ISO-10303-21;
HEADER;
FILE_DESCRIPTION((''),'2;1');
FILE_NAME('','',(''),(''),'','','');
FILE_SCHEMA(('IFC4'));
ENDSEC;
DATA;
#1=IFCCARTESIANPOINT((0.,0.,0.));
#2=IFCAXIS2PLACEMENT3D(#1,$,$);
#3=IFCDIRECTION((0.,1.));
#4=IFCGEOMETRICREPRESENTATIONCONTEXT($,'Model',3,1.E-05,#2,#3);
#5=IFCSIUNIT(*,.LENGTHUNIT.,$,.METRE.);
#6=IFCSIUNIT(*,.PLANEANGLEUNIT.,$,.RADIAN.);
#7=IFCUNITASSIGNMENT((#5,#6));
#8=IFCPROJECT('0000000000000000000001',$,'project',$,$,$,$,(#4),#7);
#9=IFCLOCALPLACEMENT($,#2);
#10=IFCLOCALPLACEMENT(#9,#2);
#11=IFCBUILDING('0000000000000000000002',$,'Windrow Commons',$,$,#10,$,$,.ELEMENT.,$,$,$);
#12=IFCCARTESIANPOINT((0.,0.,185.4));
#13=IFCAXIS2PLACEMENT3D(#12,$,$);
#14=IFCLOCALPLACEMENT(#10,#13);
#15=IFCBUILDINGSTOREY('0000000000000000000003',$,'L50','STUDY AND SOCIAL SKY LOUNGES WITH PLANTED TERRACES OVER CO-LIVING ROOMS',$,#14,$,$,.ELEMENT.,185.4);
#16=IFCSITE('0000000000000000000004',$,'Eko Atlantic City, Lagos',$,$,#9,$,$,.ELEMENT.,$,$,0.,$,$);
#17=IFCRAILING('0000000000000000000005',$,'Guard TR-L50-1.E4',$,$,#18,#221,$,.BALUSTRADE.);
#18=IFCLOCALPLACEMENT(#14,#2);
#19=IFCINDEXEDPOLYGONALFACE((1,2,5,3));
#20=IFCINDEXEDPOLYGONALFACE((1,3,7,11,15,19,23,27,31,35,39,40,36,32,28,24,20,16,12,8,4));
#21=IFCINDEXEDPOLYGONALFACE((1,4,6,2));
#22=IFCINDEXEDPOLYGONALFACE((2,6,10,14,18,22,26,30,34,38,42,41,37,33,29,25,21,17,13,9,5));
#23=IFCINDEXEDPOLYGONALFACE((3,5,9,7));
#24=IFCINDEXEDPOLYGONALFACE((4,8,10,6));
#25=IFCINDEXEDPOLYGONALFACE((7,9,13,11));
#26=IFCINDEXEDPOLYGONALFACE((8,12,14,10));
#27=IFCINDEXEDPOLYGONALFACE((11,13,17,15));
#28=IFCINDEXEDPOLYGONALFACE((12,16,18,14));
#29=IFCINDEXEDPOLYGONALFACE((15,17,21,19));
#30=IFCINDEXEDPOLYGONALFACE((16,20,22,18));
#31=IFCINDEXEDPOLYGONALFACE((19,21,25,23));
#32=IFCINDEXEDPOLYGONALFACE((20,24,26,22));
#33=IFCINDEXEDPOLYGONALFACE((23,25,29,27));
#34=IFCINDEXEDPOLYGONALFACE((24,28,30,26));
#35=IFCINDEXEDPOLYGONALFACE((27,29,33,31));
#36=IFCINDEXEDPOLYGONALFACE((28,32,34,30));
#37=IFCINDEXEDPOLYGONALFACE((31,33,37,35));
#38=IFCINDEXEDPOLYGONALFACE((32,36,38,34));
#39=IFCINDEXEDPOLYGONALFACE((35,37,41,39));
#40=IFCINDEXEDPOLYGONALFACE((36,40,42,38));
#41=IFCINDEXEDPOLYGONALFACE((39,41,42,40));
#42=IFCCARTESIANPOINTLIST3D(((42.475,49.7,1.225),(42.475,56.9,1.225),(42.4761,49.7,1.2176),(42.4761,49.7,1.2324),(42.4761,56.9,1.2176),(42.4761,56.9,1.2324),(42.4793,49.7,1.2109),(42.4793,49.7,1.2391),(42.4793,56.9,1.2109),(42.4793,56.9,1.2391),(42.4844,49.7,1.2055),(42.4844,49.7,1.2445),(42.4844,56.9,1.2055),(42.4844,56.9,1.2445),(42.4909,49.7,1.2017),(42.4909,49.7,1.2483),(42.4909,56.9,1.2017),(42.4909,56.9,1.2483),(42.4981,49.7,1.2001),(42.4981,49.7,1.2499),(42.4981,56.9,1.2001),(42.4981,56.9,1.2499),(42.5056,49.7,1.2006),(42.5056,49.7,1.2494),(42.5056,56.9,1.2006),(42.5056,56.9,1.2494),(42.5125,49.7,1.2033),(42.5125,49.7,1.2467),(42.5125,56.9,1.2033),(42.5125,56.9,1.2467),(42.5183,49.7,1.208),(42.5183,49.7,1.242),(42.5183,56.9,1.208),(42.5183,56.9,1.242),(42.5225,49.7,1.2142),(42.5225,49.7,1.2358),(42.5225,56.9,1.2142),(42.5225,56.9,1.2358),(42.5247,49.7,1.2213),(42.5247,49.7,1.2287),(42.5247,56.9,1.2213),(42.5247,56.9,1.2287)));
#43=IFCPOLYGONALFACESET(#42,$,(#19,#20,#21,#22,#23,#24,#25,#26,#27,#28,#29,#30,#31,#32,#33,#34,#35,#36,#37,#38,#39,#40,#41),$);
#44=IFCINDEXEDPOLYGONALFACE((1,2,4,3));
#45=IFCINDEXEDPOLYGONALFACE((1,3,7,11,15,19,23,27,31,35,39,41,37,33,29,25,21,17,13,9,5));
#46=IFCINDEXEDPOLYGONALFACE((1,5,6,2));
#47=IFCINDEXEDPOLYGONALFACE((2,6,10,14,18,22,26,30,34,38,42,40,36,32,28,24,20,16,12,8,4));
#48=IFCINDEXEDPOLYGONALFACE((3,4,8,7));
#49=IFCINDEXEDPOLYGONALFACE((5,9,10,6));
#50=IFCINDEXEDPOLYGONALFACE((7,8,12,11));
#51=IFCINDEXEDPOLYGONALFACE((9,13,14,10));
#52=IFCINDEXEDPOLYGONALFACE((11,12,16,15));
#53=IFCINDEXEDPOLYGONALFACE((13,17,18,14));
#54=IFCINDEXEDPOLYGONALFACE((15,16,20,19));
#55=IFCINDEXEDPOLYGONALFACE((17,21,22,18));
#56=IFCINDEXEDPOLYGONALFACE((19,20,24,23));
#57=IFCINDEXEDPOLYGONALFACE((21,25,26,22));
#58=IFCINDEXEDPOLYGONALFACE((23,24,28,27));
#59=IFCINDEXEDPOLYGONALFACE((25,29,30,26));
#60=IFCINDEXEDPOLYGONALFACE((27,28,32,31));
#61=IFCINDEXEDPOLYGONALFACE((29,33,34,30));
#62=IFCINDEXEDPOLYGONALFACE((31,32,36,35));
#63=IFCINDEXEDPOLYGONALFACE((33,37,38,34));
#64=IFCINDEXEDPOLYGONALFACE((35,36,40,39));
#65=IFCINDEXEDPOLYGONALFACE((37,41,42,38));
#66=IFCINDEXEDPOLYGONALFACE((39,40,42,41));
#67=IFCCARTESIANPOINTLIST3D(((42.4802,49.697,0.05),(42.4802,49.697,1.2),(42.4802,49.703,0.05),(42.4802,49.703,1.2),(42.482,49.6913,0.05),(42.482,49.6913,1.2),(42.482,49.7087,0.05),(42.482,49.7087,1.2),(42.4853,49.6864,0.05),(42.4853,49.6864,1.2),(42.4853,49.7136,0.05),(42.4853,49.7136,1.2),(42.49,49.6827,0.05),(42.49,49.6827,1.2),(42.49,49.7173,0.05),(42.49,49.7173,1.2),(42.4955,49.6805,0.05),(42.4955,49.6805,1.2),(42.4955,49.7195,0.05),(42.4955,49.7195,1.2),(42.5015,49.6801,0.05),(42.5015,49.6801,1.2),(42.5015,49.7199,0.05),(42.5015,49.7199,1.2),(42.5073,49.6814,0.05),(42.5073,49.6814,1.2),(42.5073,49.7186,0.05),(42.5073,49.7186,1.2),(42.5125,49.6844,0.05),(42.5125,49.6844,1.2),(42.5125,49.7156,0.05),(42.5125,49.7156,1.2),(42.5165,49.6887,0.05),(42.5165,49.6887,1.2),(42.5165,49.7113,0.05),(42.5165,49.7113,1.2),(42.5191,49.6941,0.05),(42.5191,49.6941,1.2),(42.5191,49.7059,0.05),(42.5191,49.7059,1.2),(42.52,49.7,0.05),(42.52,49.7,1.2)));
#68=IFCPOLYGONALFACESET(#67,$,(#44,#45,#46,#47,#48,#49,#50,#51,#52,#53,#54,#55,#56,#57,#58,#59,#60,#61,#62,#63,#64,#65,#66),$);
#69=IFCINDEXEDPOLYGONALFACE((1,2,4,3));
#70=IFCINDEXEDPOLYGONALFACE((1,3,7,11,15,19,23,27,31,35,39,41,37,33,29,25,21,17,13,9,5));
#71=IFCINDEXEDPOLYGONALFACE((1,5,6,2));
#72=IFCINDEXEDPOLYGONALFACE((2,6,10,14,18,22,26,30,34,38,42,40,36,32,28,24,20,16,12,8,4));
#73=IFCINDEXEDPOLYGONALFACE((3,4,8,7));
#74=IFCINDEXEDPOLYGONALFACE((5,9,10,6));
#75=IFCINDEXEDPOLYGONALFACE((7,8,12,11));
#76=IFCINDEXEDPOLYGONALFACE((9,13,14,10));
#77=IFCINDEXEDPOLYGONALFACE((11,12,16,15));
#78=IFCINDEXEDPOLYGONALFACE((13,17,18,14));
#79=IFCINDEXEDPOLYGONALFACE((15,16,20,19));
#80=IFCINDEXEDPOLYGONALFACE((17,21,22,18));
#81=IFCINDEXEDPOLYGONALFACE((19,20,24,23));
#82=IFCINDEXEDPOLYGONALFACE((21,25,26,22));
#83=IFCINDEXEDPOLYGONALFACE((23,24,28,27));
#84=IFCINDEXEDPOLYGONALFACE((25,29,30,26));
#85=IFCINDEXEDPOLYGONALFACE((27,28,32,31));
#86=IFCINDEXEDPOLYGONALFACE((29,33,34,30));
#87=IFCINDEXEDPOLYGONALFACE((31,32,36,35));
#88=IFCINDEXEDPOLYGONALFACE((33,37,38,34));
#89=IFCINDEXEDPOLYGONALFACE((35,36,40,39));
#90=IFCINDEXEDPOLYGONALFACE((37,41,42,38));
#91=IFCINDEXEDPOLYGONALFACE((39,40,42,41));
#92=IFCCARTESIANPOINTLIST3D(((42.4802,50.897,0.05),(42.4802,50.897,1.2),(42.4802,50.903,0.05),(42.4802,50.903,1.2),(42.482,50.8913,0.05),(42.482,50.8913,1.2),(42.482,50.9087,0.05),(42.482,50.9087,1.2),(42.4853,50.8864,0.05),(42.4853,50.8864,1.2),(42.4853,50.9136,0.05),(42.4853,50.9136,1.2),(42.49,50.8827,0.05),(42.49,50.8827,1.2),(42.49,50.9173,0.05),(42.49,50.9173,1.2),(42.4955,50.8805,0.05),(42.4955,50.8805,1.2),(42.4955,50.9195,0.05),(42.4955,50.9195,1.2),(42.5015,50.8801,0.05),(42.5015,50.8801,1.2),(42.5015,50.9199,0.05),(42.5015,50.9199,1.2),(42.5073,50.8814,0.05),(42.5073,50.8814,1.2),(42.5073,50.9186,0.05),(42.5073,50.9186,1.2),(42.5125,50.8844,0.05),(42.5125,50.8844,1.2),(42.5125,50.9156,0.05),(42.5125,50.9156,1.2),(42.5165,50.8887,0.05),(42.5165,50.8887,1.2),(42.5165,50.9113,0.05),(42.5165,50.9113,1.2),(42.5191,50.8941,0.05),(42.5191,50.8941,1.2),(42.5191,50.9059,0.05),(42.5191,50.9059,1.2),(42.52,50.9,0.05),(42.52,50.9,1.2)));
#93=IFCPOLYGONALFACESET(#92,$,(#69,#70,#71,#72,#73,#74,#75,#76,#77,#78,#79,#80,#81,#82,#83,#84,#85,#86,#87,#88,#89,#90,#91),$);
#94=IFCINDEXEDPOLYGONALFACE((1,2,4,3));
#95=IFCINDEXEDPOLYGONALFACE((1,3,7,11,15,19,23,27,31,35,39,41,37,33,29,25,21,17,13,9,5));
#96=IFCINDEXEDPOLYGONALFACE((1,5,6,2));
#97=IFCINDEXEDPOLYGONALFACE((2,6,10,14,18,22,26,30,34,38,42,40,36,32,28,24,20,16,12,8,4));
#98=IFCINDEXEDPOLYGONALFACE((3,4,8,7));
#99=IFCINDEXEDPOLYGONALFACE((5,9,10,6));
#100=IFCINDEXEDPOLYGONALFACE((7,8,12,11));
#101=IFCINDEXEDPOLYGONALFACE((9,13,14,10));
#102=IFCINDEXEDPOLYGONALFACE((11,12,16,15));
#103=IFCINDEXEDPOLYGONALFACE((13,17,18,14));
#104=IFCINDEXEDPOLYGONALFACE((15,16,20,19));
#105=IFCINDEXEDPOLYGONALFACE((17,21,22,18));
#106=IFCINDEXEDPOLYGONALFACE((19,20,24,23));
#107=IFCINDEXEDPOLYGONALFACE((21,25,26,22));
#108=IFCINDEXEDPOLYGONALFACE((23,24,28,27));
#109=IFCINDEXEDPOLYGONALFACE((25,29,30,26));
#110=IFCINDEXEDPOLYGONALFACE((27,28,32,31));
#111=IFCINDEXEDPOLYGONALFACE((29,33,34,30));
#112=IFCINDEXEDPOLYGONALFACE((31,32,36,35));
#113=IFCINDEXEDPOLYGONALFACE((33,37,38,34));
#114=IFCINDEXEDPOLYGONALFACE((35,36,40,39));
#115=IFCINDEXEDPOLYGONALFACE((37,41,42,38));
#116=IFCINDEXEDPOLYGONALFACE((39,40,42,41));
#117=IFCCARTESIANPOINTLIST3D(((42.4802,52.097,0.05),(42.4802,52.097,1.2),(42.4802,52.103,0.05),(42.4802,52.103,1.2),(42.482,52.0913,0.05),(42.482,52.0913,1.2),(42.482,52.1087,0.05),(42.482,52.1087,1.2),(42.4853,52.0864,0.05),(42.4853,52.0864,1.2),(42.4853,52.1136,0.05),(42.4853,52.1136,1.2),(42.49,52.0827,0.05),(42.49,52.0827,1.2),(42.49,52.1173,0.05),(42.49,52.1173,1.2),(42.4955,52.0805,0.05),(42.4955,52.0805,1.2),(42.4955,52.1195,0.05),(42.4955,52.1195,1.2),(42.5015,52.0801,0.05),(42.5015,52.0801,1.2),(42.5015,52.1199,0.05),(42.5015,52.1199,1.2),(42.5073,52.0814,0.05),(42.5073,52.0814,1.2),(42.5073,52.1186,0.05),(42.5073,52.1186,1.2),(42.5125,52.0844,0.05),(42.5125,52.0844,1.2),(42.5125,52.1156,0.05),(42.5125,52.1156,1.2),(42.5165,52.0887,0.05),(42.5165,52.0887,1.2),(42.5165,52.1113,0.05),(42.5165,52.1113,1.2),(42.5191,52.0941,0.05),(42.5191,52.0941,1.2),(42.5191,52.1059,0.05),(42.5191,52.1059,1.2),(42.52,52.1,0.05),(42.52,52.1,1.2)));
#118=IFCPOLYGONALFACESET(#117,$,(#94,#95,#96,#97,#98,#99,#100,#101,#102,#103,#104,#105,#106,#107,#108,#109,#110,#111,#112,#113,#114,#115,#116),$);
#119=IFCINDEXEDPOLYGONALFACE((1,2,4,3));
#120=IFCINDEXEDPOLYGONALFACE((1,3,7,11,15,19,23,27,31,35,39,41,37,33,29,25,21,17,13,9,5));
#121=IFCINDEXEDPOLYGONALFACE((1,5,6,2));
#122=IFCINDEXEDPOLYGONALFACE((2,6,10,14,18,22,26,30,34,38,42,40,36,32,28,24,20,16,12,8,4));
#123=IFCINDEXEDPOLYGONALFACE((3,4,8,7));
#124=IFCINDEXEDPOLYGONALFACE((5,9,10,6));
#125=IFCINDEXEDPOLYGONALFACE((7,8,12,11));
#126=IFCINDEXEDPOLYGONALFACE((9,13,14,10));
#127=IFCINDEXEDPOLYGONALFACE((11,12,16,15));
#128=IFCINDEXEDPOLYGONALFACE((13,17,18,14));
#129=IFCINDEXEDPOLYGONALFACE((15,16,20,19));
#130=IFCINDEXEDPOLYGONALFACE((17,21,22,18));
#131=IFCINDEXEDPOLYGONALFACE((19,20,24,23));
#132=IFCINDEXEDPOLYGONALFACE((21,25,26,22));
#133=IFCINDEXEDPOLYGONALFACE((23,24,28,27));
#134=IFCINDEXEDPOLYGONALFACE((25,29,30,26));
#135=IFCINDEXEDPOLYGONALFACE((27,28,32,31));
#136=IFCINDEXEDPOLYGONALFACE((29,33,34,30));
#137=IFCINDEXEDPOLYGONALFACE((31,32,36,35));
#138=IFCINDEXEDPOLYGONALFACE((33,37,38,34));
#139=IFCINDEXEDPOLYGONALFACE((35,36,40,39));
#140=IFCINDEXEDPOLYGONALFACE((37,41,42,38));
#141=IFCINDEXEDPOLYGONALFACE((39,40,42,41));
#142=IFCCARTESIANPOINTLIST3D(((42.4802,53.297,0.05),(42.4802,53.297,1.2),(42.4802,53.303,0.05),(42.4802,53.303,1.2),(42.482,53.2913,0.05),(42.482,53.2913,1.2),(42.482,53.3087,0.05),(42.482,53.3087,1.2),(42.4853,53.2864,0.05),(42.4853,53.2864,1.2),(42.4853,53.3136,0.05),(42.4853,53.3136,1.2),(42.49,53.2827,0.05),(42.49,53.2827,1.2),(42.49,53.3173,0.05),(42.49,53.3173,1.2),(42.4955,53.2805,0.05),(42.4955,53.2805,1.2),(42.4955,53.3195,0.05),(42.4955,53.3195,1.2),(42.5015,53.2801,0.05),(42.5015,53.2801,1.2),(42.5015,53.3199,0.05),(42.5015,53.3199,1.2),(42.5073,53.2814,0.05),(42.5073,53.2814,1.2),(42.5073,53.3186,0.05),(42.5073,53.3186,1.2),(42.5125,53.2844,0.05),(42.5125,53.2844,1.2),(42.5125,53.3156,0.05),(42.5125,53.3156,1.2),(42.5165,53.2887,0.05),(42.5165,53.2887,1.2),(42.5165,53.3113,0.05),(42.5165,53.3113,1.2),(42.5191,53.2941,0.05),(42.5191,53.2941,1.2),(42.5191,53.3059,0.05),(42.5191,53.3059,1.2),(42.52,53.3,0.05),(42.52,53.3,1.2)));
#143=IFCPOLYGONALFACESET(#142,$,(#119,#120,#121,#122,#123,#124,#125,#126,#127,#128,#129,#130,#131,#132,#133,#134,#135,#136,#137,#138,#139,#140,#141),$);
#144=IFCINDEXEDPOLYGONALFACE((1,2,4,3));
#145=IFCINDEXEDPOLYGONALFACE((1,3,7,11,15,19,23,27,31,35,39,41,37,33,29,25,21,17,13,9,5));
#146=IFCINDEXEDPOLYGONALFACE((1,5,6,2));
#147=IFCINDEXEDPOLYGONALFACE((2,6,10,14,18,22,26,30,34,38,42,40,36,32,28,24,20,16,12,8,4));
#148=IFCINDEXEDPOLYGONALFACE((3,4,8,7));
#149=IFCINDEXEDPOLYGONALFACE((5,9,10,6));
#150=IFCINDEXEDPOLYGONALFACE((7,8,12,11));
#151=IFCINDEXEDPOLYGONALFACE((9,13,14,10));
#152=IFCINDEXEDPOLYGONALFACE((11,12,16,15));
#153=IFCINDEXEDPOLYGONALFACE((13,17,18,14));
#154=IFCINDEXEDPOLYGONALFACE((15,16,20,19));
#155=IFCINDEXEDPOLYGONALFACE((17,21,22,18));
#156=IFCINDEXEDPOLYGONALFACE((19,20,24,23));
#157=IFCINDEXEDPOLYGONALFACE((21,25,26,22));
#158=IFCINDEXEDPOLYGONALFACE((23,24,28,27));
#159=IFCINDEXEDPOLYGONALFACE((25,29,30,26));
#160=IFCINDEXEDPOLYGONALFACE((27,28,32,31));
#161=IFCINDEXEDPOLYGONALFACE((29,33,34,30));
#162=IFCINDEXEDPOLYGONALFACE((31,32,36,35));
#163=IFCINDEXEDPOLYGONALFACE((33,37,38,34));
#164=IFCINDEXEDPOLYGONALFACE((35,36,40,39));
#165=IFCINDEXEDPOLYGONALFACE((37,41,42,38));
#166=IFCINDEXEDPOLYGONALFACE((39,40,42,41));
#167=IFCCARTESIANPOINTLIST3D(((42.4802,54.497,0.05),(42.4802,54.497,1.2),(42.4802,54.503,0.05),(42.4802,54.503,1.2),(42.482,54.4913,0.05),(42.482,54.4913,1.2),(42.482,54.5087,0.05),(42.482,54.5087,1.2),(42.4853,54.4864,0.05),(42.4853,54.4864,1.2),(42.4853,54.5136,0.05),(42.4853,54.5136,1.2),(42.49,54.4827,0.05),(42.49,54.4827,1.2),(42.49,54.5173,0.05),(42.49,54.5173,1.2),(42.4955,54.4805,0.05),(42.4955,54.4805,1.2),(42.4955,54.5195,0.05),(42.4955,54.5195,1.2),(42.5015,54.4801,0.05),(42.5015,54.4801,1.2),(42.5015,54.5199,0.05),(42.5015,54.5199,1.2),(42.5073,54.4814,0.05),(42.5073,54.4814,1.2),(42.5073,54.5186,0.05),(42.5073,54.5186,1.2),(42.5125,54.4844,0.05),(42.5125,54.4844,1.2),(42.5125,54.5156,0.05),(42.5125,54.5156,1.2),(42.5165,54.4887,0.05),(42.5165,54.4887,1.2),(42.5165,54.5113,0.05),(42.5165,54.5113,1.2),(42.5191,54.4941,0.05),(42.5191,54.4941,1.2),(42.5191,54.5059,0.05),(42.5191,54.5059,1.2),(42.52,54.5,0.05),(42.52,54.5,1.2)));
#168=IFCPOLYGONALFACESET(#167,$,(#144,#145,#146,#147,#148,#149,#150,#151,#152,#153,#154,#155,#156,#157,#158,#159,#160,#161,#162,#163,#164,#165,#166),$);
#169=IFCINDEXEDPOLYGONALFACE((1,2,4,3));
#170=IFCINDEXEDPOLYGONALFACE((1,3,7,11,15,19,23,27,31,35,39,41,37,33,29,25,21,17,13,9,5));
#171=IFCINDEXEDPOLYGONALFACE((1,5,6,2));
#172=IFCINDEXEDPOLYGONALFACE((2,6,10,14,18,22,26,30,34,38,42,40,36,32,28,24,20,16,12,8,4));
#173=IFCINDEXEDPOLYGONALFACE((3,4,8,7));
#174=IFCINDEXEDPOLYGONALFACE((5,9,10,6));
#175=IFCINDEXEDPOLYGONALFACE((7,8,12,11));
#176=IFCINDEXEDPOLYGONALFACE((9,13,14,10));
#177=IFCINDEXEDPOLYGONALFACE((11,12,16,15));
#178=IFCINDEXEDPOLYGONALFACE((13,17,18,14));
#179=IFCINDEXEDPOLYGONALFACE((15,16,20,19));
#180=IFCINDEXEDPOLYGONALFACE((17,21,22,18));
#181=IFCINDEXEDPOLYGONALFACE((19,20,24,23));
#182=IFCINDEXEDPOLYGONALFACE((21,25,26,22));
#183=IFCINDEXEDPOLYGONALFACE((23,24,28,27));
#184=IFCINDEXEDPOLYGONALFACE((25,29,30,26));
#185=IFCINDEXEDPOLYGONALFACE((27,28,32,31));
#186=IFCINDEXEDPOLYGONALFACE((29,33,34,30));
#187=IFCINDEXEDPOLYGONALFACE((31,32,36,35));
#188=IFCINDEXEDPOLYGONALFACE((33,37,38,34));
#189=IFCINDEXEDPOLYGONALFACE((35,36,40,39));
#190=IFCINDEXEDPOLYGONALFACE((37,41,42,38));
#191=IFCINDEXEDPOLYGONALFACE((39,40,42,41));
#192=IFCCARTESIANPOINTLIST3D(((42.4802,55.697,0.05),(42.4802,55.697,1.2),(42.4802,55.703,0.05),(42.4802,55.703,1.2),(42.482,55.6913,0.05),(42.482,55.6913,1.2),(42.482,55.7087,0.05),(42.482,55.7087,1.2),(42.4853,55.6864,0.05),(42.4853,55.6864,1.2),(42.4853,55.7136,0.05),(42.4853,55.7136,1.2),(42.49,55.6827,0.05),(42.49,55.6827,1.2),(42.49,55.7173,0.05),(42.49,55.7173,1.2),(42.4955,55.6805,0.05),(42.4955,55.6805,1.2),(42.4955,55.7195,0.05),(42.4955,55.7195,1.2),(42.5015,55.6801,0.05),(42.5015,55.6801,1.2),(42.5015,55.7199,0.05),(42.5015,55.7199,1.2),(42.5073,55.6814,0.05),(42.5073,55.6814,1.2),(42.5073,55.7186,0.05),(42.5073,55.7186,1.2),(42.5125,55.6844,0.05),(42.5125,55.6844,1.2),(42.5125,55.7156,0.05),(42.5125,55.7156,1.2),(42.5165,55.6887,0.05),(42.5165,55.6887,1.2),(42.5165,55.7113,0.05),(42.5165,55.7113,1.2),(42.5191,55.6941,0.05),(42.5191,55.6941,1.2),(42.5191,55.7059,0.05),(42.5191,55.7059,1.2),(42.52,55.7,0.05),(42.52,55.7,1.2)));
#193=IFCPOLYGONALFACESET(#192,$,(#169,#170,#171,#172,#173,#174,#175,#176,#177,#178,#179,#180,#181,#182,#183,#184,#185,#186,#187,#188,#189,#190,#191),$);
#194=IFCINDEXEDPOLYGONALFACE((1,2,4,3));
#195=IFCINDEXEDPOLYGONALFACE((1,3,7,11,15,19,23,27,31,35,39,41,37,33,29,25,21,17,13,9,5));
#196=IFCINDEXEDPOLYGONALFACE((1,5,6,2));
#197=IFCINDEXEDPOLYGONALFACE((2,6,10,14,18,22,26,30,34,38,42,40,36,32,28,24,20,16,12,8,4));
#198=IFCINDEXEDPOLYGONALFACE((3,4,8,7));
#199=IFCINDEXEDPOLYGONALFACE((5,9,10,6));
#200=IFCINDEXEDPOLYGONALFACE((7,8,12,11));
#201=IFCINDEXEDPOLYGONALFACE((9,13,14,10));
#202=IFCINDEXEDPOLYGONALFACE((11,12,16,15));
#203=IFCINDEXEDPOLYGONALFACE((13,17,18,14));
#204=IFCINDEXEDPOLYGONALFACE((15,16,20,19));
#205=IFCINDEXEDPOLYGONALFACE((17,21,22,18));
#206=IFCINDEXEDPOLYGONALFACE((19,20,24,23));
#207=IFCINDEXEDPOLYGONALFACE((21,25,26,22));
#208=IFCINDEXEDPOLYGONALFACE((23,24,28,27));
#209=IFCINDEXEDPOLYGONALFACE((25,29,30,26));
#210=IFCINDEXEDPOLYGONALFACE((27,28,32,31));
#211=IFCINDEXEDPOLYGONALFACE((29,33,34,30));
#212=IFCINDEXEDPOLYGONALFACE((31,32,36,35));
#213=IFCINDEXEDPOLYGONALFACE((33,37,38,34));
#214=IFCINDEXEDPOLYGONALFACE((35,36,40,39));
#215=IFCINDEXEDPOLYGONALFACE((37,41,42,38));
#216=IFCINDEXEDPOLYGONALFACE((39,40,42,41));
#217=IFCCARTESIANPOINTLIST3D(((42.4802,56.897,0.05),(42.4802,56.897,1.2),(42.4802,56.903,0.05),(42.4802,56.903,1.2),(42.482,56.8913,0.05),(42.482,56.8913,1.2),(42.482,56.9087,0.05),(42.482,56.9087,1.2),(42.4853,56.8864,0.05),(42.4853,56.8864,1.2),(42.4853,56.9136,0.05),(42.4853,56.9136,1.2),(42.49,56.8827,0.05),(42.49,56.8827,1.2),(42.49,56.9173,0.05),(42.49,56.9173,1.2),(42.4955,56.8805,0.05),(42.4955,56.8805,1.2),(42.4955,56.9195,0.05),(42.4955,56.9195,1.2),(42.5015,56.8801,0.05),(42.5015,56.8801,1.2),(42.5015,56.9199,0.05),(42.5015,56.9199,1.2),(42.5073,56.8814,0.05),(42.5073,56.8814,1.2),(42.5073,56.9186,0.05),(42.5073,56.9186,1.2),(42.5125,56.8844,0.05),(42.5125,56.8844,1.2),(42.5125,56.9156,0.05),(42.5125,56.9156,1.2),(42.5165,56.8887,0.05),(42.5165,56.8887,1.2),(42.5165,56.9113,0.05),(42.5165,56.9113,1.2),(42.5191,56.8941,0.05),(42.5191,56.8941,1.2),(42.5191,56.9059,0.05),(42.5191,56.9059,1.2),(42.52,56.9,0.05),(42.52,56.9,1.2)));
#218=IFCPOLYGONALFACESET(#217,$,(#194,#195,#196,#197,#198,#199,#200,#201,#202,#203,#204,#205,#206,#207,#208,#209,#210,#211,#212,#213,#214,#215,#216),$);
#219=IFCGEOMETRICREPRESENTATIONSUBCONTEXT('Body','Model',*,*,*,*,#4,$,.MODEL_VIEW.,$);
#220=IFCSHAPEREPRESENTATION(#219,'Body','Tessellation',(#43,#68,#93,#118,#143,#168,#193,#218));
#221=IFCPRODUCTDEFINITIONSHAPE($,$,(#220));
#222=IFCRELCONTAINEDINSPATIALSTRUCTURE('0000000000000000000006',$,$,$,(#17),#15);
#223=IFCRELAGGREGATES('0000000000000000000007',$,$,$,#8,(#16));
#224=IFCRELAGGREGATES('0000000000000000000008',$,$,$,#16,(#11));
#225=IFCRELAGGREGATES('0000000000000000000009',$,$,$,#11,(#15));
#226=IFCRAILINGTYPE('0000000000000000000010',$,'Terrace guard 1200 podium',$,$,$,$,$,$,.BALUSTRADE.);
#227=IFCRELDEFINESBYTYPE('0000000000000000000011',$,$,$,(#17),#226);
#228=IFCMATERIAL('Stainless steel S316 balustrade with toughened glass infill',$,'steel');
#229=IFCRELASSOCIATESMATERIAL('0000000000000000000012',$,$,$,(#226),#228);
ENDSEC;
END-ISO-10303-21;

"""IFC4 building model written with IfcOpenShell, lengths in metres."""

from ifc_helpers import new_model, si_unit, direction, frame, origin, origin_2d, place, context, subcontext, project, spatial, circle, extrude, material, type_object, element, save


model = new_model("IFC4")

# Units and contexts
model_context = context("Model", 3, precision=1e-05, world=origin(), true_north=direction((0.0, 1.0)))
body_context = subcontext(model_context, "Body", "Model", "MODEL_VIEW")
ifc_project = project(units=[si_unit("LENGTHUNIT", "METRE"), si_unit("PLANEANGLEUNIT", "RADIAN")], contexts=[model_context])

# Site, building, storey
site_placement = place(None, origin())
site = spatial("IfcSite", under=ifc_project, at=site_placement, Name="Eko Atlantic City, Lagos", CompositionType="ELEMENT", RefElevation=0.0)
building_placement = place(site_placement, origin())
building = spatial("IfcBuilding", under=site, at=building_placement, Name="Windrow Commons", CompositionType="ELEMENT")
storey_placement = place(building_placement, frame((0.0, 0.0, 185.4)))
storey = spatial("IfcBuildingStorey", under=building, at=storey_placement, Name="L50", Description="STUDY AND SOCIAL SKY LOUNGES WITH PLANTED TERRACES OVER CO-LIVING ROOMS", CompositionType="ELEMENT", Elevation=185.4)

# Railing
ifc_material_1 = material(Name="Stainless steel S316 balustrade with toughened glass infill", Category="steel")
railing_type = type_object("IfcRailingType", Name="Terrace guard 1200 podium", PredefinedType="BALUSTRADE", material=ifc_material_1)
railing_1_placement = place(storey_placement, frame((42.5, 49.7, 0.05)))
element("IfcRailing", 1, at=railing_1_placement, inside=storey, type_object=railing_type, Name="Guard TR-L50-1.E4", PredefinedType="BALUSTRADE", context=body_context, shape_type="SweptSolid", body=[
    extrude(circle(Radius=0.025, at=origin_2d()), frame((0.0, 0.0, 1.175), z_axis=(0.0, 1.0, 0.0), x_axis=(-1.0, 0.0, 0.0)), (0.0, 0.0, 1.0), 7.2),
    extrude(circle(Radius=0.02, at=origin_2d()), origin(), (0.0, 0.0, 1.0), 1.15),
    extrude(circle(Radius=0.02, at=origin_2d()), frame((0.0, 1.2, 0.0)), (0.0, 0.0, 1.0), 1.15),
    extrude(circle(Radius=0.02, at=origin_2d()), frame((0.0, 2.4, 0.0)), (0.0, 0.0, 1.0), 1.15),
    extrude(circle(Radius=0.02, at=origin_2d()), frame((0.0, 3.6, 0.0)), (0.0, 0.0, 1.0), 1.15),
    extrude(circle(Radius=0.02, at=origin_2d()), frame((0.0, 4.8, 0.0)), (0.0, 0.0, 1.0), 1.15),
    extrude(circle(Radius=0.02, at=origin_2d()), frame((0.0, 6.0, 0.0)), (0.0, 0.0, 1.0), 1.15),
    extrude(circle(Radius=0.02, at=origin_2d()), frame((0.0, 7.2, 0.0)), (0.0, 0.0, 1.0), 1.15),
])

save(model, "model.ifc")
